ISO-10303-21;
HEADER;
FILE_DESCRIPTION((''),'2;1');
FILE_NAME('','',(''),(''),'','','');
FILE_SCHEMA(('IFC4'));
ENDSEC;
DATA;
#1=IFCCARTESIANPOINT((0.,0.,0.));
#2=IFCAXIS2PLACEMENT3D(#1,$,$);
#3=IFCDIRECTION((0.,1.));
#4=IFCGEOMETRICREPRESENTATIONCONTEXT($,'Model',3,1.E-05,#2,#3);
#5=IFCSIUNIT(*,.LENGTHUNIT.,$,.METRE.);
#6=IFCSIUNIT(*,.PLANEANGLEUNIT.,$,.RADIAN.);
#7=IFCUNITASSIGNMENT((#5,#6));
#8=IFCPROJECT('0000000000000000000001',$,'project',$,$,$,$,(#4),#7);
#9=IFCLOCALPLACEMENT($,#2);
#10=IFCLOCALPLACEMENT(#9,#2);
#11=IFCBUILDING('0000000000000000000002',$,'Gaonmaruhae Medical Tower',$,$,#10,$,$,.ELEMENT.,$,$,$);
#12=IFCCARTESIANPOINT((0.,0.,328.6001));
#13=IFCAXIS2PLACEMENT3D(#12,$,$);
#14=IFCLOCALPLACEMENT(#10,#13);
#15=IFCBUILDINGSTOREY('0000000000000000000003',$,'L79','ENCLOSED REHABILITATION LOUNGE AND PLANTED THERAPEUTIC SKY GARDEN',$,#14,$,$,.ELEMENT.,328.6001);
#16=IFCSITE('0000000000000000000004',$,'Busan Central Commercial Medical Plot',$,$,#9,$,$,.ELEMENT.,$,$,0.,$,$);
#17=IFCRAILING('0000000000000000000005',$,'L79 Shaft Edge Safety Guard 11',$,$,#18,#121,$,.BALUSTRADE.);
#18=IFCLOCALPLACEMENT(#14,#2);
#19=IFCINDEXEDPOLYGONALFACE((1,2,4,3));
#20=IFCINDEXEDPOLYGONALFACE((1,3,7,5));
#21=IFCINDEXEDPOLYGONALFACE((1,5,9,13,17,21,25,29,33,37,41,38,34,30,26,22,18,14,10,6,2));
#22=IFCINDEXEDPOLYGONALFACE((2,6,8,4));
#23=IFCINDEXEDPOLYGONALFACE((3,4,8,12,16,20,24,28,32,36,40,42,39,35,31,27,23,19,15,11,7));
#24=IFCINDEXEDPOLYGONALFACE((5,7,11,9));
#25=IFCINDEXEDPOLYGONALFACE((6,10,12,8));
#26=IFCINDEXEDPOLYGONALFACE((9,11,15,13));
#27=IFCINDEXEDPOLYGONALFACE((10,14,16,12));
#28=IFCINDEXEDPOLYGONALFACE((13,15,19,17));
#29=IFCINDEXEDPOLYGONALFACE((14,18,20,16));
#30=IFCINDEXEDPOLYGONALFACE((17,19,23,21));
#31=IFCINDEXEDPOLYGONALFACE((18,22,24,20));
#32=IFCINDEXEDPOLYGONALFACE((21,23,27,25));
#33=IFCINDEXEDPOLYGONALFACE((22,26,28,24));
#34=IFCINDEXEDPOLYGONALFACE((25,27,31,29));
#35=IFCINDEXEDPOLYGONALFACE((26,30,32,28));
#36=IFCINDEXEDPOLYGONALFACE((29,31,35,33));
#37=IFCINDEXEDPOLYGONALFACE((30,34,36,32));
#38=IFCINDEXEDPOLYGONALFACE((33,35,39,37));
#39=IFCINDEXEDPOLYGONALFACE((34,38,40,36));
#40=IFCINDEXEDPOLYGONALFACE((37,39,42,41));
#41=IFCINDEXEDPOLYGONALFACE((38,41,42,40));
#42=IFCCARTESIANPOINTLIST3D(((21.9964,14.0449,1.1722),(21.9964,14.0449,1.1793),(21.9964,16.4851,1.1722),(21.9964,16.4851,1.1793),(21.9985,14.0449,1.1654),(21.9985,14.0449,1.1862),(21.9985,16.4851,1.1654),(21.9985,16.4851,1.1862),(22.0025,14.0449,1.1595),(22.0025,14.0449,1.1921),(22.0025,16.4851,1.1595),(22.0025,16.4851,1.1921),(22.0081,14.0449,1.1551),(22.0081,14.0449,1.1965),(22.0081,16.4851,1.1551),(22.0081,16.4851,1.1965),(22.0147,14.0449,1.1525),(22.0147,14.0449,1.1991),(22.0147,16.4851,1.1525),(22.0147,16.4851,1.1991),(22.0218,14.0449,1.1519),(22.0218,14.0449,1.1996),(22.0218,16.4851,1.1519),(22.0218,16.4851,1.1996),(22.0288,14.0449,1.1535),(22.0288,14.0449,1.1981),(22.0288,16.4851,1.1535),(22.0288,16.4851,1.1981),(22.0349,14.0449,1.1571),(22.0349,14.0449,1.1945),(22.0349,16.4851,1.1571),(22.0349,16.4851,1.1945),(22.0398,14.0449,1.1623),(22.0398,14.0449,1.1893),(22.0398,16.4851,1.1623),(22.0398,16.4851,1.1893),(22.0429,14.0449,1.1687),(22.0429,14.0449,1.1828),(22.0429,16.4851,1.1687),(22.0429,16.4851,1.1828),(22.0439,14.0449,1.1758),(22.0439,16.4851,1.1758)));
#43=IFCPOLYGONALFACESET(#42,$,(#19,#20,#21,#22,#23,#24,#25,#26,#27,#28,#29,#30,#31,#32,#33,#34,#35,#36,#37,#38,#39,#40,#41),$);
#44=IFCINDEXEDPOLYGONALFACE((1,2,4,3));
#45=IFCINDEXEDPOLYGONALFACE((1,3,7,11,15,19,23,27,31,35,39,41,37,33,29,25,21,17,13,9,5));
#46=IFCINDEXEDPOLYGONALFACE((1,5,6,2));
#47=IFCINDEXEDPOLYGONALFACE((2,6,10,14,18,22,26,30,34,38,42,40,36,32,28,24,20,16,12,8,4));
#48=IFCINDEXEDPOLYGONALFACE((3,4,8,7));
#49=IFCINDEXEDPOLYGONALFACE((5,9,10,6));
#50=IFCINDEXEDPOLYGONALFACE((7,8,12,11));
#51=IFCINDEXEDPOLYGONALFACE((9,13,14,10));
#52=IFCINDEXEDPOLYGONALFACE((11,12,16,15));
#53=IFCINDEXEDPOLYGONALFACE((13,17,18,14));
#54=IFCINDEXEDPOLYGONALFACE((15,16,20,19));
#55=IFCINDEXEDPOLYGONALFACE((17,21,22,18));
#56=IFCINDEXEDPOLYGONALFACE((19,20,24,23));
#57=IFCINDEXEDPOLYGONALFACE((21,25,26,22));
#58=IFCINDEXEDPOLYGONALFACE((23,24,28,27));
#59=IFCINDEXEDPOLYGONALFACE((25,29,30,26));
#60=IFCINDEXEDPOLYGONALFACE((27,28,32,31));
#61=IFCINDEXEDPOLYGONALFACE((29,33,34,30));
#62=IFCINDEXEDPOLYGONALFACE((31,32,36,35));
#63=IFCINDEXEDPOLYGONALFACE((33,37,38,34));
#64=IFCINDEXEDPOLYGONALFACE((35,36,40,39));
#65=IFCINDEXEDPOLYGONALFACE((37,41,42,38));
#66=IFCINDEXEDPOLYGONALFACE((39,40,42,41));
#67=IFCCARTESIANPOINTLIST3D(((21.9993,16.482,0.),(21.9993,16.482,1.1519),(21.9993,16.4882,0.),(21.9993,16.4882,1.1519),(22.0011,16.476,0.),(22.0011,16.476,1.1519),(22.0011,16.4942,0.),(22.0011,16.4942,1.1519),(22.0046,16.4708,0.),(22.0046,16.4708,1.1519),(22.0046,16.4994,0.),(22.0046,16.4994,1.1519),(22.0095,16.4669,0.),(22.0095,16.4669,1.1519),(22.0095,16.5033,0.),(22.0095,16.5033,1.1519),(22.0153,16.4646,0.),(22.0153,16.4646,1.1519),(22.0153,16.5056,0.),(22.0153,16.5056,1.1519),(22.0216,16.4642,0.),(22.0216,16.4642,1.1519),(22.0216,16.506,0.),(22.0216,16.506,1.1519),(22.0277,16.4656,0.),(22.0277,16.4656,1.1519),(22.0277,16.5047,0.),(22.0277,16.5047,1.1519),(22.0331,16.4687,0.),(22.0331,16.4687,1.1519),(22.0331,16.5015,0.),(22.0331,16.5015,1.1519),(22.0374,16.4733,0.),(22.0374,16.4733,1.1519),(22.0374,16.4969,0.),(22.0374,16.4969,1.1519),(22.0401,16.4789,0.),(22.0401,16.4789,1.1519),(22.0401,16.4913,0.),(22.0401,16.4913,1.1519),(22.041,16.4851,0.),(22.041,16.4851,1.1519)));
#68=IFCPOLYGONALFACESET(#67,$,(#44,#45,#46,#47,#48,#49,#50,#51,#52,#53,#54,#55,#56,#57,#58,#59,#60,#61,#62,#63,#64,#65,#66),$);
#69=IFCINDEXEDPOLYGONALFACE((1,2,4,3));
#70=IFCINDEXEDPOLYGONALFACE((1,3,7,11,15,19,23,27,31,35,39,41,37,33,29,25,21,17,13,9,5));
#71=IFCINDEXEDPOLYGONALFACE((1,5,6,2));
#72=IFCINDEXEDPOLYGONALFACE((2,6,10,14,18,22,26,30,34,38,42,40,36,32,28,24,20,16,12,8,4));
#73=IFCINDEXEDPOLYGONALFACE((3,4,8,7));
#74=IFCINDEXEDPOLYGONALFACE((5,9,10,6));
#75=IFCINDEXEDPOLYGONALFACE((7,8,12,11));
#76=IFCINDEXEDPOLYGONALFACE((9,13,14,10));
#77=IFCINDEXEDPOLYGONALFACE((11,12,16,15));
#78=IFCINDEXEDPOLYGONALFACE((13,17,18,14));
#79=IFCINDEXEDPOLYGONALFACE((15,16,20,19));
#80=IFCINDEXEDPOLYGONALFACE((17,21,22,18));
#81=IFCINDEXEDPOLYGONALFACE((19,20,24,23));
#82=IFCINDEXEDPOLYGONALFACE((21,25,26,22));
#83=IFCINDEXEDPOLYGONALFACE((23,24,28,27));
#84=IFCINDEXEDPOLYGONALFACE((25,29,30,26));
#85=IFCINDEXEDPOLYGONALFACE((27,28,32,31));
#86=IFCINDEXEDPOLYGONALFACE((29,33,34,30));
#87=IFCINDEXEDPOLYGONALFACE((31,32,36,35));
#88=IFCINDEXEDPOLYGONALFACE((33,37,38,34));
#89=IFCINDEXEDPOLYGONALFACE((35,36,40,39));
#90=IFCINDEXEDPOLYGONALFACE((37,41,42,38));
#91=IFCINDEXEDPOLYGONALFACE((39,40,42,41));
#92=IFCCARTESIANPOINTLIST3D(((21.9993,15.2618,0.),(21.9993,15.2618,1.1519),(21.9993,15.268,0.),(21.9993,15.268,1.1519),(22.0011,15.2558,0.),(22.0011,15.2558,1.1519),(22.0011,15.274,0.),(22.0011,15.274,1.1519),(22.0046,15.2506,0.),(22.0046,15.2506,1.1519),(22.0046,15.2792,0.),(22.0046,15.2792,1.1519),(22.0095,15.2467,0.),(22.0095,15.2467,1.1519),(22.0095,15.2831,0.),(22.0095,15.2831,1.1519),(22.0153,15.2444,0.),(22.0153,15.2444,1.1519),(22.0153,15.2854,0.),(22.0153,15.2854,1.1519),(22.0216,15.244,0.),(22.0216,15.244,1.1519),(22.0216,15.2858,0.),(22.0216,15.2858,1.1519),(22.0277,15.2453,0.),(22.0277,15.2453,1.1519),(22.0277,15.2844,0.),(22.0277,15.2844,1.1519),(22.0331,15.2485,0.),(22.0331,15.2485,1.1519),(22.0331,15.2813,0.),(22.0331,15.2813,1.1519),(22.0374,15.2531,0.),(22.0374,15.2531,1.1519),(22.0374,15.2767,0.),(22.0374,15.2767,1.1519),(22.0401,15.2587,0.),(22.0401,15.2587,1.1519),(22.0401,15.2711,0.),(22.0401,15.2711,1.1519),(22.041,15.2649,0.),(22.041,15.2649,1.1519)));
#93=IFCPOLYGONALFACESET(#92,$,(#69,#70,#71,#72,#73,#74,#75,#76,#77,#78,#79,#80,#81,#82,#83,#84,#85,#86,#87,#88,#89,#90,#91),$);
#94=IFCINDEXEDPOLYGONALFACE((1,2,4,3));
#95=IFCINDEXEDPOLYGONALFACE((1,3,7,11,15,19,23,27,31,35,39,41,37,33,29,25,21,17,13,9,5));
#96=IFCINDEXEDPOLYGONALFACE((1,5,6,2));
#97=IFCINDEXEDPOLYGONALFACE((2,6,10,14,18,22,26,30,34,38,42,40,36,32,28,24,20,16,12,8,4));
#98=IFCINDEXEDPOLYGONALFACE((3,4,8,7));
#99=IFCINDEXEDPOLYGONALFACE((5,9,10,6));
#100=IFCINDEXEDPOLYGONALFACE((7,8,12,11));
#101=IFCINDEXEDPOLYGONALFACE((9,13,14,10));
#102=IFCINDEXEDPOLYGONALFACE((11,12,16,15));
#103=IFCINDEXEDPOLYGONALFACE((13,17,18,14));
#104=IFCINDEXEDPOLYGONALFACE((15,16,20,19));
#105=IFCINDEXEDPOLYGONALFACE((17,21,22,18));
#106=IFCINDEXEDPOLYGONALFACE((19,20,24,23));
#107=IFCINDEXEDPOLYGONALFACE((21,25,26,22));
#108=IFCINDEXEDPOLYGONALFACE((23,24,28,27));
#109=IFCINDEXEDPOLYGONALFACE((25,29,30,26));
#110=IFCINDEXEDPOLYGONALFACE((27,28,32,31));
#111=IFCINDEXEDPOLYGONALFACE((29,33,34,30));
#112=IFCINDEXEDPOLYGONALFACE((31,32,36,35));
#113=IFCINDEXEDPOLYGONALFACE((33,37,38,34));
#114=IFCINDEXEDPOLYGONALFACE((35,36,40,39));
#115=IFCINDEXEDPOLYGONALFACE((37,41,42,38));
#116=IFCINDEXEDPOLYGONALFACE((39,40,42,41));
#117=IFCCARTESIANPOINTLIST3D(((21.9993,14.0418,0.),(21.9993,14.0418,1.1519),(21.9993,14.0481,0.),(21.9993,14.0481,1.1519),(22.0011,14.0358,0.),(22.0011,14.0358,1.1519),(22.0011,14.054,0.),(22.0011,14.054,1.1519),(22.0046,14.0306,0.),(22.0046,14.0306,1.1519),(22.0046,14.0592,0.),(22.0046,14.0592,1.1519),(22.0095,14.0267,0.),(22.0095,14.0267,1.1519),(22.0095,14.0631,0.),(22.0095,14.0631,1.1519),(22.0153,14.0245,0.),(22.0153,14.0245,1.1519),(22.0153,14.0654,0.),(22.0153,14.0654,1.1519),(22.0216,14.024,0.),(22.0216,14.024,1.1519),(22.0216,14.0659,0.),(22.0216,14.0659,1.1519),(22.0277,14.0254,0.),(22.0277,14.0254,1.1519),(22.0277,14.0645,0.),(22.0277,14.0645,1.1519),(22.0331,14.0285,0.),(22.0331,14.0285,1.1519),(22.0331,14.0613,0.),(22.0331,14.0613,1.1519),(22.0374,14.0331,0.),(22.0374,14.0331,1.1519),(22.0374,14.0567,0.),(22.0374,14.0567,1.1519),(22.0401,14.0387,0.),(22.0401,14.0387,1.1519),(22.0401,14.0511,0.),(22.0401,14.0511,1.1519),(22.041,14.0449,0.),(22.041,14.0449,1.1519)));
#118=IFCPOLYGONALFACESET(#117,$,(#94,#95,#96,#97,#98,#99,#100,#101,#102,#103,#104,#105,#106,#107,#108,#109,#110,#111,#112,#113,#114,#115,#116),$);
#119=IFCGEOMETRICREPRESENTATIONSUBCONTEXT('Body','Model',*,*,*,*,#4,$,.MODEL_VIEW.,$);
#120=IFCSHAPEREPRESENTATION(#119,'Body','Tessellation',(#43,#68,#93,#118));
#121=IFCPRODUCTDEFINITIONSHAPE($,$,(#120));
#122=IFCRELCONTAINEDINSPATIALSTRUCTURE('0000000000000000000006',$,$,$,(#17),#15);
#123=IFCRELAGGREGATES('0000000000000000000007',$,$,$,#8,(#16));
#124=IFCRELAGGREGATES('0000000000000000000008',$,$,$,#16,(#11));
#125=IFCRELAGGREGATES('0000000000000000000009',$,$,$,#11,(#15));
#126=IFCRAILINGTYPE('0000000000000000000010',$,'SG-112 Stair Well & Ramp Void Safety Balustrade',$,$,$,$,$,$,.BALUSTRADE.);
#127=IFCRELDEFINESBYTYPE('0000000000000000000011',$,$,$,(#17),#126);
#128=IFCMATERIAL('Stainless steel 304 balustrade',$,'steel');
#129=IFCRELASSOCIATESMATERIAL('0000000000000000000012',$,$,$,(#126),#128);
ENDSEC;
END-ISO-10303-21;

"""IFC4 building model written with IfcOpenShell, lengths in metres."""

from ifc_helpers import new_model, si_unit, direction, frame, origin, origin_2d, place, context, subcontext, project, spatial, circle, extrude, material, type_object, element, save


model = new_model("IFC4")

# Units and contexts
model_context = context("Model", 3, precision=1e-05, world=origin(), true_north=direction((0.0, 1.0)))
body_context = subcontext(model_context, "Body", "Model", "MODEL_VIEW")
ifc_project = project(units=[si_unit("LENGTHUNIT", "METRE"), si_unit("PLANEANGLEUNIT", "RADIAN")], contexts=[model_context])

# Site, building, storey
site_placement = place(None, origin())
site = spatial("IfcSite", under=ifc_project, at=site_placement, Name="Busan Central Commercial Medical Plot", CompositionType="ELEMENT", RefElevation=0.0)
building_placement = place(site_placement, origin())
building = spatial("IfcBuilding", under=site, at=building_placement, Name="Gaonmaruhae Medical Tower", CompositionType="ELEMENT")
storey_placement = place(building_placement, frame((0.0, 0.0, 328.6001)))
storey = spatial("IfcBuildingStorey", under=building, at=storey_placement, Name="L79", Description="ENCLOSED REHABILITATION LOUNGE AND PLANTED THERAPEUTIC SKY GARDEN", CompositionType="ELEMENT", Elevation=328.6001)

# Railing
ifc_material_1 = material(Name="Stainless steel 304 balustrade", Category="steel")
railing_type_1 = type_object("IfcRailingType", Name="SG-112 Stair Well & Ramp Void Safety Balustrade", PredefinedType="BALUSTRADE", material=ifc_material_1)
railing_1_placement = place(storey_placement, frame((22.02, 16.4851, 0.0)))
element("IfcRailing", 1, at=railing_1_placement, inside=storey, type_object=railing_type_1, Name="L79 Shaft Edge Safety Guard 11", PredefinedType="BALUSTRADE", context=body_context, shape_type="SweptSolid", body=[
    extrude(circle(Radius=0.0239, at=origin_2d()), frame((0.0, 0.0, 1.1758), z_axis=(0.0, -1.0, 0.0), x_axis=(1.0, 0.0, 0.0)), (0.0, 0.0, 1.0), 2.4402),
    extrude(circle(Radius=0.021, at=origin_2d()), origin(), (0.0, 0.0, 1.0), 1.1519),
    extrude(circle(Radius=0.021, at=origin_2d()), frame((0.0, -1.2202, 0.0)), (0.0, 0.0, 1.0), 1.1519),
    extrude(circle(Radius=0.021, at=origin_2d()), frame((0.0, -2.4402, 0.0)), (0.0, 0.0, 1.0), 1.1519),
])

save(model, "model.ifc")
